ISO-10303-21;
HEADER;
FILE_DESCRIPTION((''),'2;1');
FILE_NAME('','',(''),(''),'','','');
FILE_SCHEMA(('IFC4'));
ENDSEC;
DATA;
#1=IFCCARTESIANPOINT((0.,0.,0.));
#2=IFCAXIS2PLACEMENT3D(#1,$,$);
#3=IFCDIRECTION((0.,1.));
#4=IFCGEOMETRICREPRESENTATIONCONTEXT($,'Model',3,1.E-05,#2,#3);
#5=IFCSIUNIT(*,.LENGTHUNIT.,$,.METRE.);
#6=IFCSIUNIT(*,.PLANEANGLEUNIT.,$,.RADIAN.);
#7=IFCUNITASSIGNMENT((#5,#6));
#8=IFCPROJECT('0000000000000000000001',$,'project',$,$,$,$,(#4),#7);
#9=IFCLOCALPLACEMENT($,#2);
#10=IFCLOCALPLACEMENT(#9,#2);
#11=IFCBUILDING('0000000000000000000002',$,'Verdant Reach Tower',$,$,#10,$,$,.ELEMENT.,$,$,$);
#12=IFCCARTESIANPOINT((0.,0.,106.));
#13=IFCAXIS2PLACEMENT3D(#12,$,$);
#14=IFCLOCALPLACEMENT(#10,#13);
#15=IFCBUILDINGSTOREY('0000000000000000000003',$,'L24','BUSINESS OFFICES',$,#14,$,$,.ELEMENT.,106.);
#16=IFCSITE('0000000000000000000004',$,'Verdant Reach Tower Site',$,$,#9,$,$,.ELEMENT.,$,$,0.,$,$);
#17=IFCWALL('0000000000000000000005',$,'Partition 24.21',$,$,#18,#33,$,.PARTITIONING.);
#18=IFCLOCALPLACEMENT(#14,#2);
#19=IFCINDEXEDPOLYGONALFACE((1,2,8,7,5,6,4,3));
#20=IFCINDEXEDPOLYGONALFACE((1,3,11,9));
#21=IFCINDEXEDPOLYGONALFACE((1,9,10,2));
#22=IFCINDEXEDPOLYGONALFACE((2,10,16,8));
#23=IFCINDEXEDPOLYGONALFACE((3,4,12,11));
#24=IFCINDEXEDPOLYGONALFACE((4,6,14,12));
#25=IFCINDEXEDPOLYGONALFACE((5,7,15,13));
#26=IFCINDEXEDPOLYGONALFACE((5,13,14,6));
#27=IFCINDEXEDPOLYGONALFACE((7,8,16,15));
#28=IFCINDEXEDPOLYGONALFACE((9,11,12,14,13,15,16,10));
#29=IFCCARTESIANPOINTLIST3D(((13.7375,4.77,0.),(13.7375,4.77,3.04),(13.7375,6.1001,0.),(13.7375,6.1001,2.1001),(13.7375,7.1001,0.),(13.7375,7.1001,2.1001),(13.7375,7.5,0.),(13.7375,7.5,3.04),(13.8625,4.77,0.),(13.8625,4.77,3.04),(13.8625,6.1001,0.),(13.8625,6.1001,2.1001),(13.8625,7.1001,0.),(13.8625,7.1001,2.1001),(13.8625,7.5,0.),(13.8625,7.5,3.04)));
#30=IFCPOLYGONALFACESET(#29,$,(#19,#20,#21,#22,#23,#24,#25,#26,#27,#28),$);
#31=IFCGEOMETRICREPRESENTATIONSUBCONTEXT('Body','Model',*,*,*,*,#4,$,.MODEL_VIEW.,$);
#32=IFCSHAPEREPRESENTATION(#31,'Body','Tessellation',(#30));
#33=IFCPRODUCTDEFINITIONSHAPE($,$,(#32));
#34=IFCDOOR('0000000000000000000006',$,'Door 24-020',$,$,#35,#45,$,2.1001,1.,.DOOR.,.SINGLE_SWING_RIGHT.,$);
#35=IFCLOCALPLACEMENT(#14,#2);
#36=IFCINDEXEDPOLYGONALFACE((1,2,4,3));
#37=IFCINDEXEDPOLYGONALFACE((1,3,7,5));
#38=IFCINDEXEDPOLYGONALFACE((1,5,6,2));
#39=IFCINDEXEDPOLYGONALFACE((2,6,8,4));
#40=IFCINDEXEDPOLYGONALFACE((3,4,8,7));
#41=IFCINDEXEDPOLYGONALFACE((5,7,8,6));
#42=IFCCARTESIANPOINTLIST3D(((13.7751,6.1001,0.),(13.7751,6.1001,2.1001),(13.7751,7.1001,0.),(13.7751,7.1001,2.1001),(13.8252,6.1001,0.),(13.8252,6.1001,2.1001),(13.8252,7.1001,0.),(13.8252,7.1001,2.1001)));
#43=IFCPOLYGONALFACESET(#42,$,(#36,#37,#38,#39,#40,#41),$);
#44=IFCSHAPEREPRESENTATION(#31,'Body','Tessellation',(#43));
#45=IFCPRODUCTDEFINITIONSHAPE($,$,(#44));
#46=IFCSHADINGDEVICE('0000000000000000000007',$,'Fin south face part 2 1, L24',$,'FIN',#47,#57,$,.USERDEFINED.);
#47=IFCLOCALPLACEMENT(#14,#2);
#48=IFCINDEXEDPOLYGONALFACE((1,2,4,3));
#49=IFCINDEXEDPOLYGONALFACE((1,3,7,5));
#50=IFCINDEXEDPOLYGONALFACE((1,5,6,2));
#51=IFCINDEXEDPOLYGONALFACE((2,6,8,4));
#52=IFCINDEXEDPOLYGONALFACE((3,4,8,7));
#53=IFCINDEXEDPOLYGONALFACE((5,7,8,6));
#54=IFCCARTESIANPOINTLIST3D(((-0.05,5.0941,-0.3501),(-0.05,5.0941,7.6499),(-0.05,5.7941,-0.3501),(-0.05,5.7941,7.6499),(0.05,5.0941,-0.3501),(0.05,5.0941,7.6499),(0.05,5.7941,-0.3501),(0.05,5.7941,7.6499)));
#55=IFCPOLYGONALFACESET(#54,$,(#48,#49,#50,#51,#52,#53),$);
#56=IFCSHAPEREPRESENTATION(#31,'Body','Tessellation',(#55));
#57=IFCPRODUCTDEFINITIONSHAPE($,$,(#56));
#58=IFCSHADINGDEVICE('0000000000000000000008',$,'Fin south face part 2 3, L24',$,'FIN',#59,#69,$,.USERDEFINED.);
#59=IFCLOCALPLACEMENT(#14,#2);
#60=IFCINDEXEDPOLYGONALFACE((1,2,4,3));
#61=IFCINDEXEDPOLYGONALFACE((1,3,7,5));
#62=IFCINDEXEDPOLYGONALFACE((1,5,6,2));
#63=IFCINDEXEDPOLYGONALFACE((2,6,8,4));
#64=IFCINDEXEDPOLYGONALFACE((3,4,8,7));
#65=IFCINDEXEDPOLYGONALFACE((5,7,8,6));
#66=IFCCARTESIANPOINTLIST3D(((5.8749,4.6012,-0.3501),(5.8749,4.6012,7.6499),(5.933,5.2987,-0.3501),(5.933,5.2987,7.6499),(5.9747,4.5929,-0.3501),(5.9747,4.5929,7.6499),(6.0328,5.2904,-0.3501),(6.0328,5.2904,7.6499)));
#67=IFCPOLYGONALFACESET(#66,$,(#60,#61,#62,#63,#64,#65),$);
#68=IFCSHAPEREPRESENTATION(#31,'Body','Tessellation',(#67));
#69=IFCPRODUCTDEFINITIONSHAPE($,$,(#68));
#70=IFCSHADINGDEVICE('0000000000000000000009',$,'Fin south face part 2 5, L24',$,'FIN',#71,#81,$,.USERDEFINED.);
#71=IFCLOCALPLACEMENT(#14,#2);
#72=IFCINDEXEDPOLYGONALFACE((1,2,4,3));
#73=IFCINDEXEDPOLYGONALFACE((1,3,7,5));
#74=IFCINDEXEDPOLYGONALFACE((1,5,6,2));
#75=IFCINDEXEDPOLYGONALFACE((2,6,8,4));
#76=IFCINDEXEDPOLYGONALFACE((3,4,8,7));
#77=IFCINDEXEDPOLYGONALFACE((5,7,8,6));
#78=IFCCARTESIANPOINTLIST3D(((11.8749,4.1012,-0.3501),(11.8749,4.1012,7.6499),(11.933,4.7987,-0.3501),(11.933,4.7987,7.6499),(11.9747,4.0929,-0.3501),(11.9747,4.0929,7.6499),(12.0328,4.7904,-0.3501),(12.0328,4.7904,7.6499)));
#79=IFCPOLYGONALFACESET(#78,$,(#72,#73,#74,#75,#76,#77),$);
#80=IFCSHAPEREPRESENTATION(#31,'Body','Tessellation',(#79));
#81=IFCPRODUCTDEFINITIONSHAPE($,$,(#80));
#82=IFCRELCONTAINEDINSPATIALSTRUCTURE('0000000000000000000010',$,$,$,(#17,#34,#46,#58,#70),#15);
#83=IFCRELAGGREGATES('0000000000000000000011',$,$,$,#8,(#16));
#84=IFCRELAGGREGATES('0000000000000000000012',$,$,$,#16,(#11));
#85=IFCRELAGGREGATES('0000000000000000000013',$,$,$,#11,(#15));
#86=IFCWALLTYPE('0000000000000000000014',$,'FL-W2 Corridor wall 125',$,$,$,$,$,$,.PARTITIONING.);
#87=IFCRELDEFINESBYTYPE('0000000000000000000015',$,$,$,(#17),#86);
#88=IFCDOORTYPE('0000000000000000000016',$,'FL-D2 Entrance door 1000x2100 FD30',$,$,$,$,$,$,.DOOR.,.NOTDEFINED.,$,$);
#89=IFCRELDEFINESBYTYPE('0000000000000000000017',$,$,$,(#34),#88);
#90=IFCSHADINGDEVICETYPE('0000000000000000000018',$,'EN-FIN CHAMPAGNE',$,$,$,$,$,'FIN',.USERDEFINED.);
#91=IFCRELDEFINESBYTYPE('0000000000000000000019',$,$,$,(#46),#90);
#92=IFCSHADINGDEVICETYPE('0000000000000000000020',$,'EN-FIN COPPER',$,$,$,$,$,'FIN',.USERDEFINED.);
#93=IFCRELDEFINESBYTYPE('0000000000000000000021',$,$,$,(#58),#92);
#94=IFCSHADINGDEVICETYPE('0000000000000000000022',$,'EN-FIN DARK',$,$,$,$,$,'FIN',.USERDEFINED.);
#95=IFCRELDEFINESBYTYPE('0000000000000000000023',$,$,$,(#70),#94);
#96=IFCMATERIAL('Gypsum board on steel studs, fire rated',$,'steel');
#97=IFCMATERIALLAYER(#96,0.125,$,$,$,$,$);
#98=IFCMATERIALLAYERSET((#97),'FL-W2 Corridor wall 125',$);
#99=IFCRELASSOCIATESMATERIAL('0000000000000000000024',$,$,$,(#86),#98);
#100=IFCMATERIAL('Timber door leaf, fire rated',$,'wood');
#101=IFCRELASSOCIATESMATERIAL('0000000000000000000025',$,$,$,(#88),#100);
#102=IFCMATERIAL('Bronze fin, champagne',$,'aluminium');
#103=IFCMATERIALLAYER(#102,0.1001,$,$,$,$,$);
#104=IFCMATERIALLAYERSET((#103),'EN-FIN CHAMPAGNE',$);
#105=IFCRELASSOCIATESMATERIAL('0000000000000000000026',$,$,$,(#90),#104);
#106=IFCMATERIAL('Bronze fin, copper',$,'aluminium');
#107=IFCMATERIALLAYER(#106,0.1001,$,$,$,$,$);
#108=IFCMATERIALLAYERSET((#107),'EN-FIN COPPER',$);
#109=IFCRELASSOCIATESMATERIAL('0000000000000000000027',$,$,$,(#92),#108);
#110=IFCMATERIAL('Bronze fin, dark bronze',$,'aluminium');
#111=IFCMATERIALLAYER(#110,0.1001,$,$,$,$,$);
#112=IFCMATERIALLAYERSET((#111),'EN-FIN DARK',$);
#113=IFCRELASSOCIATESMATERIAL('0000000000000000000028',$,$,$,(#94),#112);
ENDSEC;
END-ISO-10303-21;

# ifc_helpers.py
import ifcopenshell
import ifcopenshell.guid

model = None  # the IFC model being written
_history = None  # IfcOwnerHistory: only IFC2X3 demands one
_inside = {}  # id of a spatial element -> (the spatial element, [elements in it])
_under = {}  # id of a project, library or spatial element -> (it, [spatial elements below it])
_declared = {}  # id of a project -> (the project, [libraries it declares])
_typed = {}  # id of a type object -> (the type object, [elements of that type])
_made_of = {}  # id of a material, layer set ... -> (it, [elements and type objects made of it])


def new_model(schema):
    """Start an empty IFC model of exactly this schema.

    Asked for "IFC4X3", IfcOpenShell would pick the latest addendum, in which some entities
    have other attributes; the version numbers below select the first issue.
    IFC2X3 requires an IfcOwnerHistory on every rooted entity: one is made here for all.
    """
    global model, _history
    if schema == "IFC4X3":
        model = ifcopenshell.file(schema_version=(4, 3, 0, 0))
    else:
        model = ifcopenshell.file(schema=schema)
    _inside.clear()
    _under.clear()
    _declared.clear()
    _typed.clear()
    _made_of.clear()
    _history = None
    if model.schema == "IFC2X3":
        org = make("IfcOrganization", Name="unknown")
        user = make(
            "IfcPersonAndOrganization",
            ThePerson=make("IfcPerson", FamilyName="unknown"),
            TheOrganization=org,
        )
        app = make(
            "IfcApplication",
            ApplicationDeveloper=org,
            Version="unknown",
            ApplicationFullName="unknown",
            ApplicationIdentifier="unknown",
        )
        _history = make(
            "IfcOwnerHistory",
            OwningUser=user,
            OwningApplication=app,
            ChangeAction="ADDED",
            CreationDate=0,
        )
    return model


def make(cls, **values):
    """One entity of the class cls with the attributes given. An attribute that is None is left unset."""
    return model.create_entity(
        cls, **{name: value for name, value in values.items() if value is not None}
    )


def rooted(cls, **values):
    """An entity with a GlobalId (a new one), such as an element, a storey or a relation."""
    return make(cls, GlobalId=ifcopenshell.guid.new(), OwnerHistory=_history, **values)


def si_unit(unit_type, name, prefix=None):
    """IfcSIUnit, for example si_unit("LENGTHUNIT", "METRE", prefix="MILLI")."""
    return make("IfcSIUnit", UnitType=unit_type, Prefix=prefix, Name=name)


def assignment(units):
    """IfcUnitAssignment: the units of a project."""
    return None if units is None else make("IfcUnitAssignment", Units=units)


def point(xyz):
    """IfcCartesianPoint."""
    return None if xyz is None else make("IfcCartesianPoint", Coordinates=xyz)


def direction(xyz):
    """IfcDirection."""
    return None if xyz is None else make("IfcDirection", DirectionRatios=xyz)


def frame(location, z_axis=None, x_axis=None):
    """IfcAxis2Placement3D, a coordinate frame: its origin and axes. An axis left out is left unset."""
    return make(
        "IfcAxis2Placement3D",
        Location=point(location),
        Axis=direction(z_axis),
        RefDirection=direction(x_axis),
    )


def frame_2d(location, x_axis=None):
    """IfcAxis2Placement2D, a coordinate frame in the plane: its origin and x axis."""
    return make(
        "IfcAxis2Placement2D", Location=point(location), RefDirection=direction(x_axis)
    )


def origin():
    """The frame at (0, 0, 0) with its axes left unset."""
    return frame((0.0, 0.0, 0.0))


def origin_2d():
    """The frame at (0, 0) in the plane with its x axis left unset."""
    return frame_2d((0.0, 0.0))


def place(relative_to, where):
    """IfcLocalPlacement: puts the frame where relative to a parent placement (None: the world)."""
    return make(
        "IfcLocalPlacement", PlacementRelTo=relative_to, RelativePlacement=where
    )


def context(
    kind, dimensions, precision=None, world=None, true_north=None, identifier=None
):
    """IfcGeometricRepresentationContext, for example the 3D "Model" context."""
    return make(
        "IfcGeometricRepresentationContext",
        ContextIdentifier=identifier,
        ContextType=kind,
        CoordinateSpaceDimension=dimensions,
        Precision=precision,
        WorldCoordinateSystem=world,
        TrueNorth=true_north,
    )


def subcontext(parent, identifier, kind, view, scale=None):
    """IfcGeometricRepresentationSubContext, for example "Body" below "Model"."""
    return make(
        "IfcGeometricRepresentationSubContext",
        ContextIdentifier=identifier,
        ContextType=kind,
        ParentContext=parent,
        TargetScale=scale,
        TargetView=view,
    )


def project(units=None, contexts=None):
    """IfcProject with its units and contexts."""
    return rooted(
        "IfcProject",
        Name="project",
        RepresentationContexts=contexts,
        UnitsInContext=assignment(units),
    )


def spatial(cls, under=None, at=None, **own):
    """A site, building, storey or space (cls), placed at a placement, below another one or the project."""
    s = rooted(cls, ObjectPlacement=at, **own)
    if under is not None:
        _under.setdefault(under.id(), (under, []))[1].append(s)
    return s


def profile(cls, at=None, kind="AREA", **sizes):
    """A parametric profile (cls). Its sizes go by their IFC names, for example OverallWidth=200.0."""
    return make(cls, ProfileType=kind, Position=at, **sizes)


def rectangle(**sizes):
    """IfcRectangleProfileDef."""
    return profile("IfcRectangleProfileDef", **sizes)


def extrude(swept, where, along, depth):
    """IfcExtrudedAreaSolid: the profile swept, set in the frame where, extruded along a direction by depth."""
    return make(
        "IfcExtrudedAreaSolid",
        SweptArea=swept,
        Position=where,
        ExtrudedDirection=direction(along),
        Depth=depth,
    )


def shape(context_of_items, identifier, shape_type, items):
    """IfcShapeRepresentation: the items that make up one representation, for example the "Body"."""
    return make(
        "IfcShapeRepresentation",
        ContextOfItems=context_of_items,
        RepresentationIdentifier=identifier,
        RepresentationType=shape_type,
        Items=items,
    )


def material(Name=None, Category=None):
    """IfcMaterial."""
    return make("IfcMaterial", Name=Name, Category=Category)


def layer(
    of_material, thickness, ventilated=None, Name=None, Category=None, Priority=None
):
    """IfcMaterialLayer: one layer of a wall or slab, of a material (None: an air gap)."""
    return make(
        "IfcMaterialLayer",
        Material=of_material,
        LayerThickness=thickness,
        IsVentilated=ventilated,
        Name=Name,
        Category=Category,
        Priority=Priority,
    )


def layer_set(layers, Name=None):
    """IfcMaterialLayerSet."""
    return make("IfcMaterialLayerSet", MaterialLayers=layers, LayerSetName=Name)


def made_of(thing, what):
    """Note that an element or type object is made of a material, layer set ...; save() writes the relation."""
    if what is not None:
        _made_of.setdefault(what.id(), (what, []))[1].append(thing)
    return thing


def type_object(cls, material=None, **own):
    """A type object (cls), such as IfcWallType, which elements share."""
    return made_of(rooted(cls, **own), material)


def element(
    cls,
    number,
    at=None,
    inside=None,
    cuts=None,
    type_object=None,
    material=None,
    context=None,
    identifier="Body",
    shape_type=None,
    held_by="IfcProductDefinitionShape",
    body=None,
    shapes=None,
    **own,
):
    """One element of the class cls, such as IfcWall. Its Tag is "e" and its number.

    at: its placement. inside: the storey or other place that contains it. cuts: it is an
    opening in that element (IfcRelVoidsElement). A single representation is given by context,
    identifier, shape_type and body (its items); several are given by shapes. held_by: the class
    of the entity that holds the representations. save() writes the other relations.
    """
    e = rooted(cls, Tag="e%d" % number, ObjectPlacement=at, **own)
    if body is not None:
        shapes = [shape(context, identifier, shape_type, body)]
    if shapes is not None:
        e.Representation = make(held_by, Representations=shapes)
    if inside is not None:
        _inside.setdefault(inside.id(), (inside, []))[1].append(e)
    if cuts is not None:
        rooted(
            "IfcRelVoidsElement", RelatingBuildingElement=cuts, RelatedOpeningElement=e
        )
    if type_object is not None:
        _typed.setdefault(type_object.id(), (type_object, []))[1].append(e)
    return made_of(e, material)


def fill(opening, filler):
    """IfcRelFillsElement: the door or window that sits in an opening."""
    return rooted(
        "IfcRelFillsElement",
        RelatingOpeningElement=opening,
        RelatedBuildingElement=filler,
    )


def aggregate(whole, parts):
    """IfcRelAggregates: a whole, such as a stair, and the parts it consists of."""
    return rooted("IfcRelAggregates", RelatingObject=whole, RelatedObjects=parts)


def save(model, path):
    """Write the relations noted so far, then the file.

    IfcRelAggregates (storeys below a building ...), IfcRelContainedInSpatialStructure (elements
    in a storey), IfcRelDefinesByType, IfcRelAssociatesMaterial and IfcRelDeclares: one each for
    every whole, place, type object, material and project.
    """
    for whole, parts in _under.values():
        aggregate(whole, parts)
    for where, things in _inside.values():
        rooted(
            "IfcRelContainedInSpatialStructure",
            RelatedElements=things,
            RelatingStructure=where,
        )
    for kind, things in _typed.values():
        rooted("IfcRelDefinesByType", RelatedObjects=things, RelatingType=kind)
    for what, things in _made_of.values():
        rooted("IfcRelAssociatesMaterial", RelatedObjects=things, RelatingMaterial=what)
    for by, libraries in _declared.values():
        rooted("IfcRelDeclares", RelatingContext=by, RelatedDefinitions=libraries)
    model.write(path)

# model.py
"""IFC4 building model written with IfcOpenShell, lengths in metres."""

from ifc_helpers import new_model, si_unit, direction, frame, frame_2d, origin, origin_2d, place, context, subcontext, project, spatial, rectangle, extrude, material, layer, layer_set, type_object, element, fill, save


model = new_model("IFC4")

# Units and contexts
model_context = context("Model", 3, precision=1e-05, world=origin(), true_north=direction((0.0, 1.0)))
body_context = subcontext(model_context, "Body", "Model", "MODEL_VIEW")
ifc_project = project(units=[si_unit("LENGTHUNIT", "METRE"), si_unit("PLANEANGLEUNIT", "RADIAN")], contexts=[model_context])

# Site, building, storey
site_placement = place(None, origin())
site = spatial("IfcSite", under=ifc_project, at=site_placement, Name="Verdant Reach Tower Site", CompositionType="ELEMENT", RefElevation=0.0)
building_placement = place(site_placement, origin())
building = spatial("IfcBuilding", under=site, at=building_placement, Name="Verdant Reach Tower", CompositionType="ELEMENT")
storey_placement = place(building_placement, frame((0.0, 0.0, 106.0)))
storey = spatial("IfcBuildingStorey", under=building, at=storey_placement, Name="L24", Description="BUSINESS OFFICES", CompositionType="ELEMENT", Elevation=106.0)

# Wall, opening, door
ifc_material_1 = material(Name="Gypsum board on steel studs, fire rated", Category="steel")
ifc_layer_1 = layer(ifc_material_1, 0.125)
ifc_layer_set_1 = layer_set([ifc_layer_1], Name="FL-W2 Corridor wall 125")
wall_type_1 = type_object("IfcWallType", Name="FL-W2 Corridor wall 125", PredefinedType="PARTITIONING", material=ifc_layer_set_1)
wall_1_placement = place(storey_placement, frame((13.8, 4.77, 0.0), z_axis=(0.0, 0.0, 1.0), x_axis=(0.0, 1.0, 0.0)))
wall_1 = element("IfcWall", 1, at=wall_1_placement, inside=storey, type_object=wall_type_1, Name="Partition 24.21", PredefinedType="PARTITIONING", context=body_context, shape_type="SweptSolid", body=[
    extrude(rectangle(XDim=2.73, YDim=0.125, at=frame_2d((1.365, 0.0))), origin(), (0.0, 0.0, 1.0), 3.04),
])
opening_1_placement = place(wall_1_placement, frame((1.3301, 0.0, 0.0)))
opening_1 = element("IfcOpeningElement", 2, at=opening_1_placement, cuts=wall_1, PredefinedType="OPENING", context=body_context, shape_type="SweptSolid", body=[
    extrude(rectangle(XDim=1.0, YDim=2.1001, at=frame_2d((0.5, 1.05))), frame((0.0, 0.0725, 0.0), z_axis=(0.0, -1.0, 0.0), x_axis=(1.0, 0.0, 0.0)), (0.0, 0.0, 1.0), 0.145),
])
ifc_material_2 = material(Name="Timber door leaf, fire rated", Category="wood")
door_type_1 = type_object("IfcDoorType", Name="FL-D2 Entrance door 1000x2100 FD30", OperationType="NOTDEFINED", PredefinedType="DOOR", material=ifc_material_2)
door_1_placement = place(opening_1_placement, origin())
door_1 = element("IfcDoor", 3, at=door_1_placement, inside=storey, type_object=door_type_1, Name="Door 24-020", OperationType="SINGLE_SWING_RIGHT", OverallHeight=2.1001, OverallWidth=1.0, PredefinedType="DOOR", context=body_context, shape_type="SweptSolid", body=[
    extrude(rectangle(XDim=1.0, YDim=2.1001, at=frame_2d((0.5, 1.05))), frame((0.0, 0.0249, 0.0), z_axis=(0.0, -1.0, 0.0), x_axis=(1.0, 0.0, 0.0)), (0.0, 0.0, 1.0), 0.05),
])
fill(opening_1, door_1)

# Shading devices
ifc_material_3 = material(Name="Bronze fin, champagne", Category="aluminium")
ifc_layer_2 = layer(ifc_material_3, 0.1001)
ifc_layer_set_2 = layer_set([ifc_layer_2], Name="EN-FIN CHAMPAGNE")
shading_device_type_1 = type_object("IfcShadingDeviceType", Name="EN-FIN CHAMPAGNE", ElementType="FIN", PredefinedType="USERDEFINED", material=ifc_layer_set_2)
shading_device_1_placement = place(storey_placement, frame((0.0, 5.4441, -0.3501), z_axis=(0.0, 0.0, 1.0), x_axis=(1.0, 0.0, 0.0)))
element("IfcShadingDevice", 4, at=shading_device_1_placement, inside=storey, type_object=shading_device_type_1, Name="Fin south face part 2 1, L24", ObjectType="FIN", PredefinedType="USERDEFINED", context=body_context, shape_type="SweptSolid", body=[
    extrude(rectangle(XDim=0.1001, YDim=0.7, at=origin_2d()), origin(), (0.0, 0.0, 1.0), 8.0),
])
ifc_material_4 = material(Name="Bronze fin, copper", Category="aluminium")
ifc_layer_3 = layer(ifc_material_4, 0.1001)
ifc_layer_set_3 = layer_set([ifc_layer_3], Name="EN-FIN COPPER")
shading_device_type_2 = type_object("IfcShadingDeviceType", Name="EN-FIN COPPER", ElementType="FIN", PredefinedType="USERDEFINED", material=ifc_layer_set_3)
shading_device_2_placement = place(storey_placement, frame((5.9539, 4.9458, -0.3501), z_axis=(0.0, 0.0, 1.0), x_axis=(0.996546, -0.083045, 0.0)))
element("IfcShadingDevice", 5, at=shading_device_2_placement, inside=storey, type_object=shading_device_type_2, Name="Fin south face part 2 3, L24", ObjectType="FIN", PredefinedType="USERDEFINED", context=body_context, shape_type="SweptSolid", body=[
    extrude(rectangle(XDim=0.1001, YDim=0.7, at=origin_2d()), origin(), (0.0, 0.0, 1.0), 8.0),
])
ifc_material_5 = material(Name="Bronze fin, dark bronze", Category="aluminium")
ifc_layer_4 = layer(ifc_material_5, 0.1001)
ifc_layer_set_4 = layer_set([ifc_layer_4], Name="EN-FIN DARK")
shading_device_type_3 = type_object("IfcShadingDeviceType", Name="EN-FIN DARK", ElementType="FIN", PredefinedType="USERDEFINED", material=ifc_layer_set_4)
shading_device_3_placement = place(storey_placement, frame((11.9539, 4.4458, -0.3501), z_axis=(0.0, 0.0, 1.0), x_axis=(0.996546, -0.083045, 0.0)))
element("IfcShadingDevice", 6, at=shading_device_3_placement, inside=storey, type_object=shading_device_type_3, Name="Fin south face part 2 5, L24", ObjectType="FIN", PredefinedType="USERDEFINED", context=body_context, shape_type="SweptSolid", body=[
    extrude(rectangle(XDim=0.1001, YDim=0.7, at=origin_2d()), origin(), (0.0, 0.0, 1.0), 8.0),
])

save(model, "model.ifc")
